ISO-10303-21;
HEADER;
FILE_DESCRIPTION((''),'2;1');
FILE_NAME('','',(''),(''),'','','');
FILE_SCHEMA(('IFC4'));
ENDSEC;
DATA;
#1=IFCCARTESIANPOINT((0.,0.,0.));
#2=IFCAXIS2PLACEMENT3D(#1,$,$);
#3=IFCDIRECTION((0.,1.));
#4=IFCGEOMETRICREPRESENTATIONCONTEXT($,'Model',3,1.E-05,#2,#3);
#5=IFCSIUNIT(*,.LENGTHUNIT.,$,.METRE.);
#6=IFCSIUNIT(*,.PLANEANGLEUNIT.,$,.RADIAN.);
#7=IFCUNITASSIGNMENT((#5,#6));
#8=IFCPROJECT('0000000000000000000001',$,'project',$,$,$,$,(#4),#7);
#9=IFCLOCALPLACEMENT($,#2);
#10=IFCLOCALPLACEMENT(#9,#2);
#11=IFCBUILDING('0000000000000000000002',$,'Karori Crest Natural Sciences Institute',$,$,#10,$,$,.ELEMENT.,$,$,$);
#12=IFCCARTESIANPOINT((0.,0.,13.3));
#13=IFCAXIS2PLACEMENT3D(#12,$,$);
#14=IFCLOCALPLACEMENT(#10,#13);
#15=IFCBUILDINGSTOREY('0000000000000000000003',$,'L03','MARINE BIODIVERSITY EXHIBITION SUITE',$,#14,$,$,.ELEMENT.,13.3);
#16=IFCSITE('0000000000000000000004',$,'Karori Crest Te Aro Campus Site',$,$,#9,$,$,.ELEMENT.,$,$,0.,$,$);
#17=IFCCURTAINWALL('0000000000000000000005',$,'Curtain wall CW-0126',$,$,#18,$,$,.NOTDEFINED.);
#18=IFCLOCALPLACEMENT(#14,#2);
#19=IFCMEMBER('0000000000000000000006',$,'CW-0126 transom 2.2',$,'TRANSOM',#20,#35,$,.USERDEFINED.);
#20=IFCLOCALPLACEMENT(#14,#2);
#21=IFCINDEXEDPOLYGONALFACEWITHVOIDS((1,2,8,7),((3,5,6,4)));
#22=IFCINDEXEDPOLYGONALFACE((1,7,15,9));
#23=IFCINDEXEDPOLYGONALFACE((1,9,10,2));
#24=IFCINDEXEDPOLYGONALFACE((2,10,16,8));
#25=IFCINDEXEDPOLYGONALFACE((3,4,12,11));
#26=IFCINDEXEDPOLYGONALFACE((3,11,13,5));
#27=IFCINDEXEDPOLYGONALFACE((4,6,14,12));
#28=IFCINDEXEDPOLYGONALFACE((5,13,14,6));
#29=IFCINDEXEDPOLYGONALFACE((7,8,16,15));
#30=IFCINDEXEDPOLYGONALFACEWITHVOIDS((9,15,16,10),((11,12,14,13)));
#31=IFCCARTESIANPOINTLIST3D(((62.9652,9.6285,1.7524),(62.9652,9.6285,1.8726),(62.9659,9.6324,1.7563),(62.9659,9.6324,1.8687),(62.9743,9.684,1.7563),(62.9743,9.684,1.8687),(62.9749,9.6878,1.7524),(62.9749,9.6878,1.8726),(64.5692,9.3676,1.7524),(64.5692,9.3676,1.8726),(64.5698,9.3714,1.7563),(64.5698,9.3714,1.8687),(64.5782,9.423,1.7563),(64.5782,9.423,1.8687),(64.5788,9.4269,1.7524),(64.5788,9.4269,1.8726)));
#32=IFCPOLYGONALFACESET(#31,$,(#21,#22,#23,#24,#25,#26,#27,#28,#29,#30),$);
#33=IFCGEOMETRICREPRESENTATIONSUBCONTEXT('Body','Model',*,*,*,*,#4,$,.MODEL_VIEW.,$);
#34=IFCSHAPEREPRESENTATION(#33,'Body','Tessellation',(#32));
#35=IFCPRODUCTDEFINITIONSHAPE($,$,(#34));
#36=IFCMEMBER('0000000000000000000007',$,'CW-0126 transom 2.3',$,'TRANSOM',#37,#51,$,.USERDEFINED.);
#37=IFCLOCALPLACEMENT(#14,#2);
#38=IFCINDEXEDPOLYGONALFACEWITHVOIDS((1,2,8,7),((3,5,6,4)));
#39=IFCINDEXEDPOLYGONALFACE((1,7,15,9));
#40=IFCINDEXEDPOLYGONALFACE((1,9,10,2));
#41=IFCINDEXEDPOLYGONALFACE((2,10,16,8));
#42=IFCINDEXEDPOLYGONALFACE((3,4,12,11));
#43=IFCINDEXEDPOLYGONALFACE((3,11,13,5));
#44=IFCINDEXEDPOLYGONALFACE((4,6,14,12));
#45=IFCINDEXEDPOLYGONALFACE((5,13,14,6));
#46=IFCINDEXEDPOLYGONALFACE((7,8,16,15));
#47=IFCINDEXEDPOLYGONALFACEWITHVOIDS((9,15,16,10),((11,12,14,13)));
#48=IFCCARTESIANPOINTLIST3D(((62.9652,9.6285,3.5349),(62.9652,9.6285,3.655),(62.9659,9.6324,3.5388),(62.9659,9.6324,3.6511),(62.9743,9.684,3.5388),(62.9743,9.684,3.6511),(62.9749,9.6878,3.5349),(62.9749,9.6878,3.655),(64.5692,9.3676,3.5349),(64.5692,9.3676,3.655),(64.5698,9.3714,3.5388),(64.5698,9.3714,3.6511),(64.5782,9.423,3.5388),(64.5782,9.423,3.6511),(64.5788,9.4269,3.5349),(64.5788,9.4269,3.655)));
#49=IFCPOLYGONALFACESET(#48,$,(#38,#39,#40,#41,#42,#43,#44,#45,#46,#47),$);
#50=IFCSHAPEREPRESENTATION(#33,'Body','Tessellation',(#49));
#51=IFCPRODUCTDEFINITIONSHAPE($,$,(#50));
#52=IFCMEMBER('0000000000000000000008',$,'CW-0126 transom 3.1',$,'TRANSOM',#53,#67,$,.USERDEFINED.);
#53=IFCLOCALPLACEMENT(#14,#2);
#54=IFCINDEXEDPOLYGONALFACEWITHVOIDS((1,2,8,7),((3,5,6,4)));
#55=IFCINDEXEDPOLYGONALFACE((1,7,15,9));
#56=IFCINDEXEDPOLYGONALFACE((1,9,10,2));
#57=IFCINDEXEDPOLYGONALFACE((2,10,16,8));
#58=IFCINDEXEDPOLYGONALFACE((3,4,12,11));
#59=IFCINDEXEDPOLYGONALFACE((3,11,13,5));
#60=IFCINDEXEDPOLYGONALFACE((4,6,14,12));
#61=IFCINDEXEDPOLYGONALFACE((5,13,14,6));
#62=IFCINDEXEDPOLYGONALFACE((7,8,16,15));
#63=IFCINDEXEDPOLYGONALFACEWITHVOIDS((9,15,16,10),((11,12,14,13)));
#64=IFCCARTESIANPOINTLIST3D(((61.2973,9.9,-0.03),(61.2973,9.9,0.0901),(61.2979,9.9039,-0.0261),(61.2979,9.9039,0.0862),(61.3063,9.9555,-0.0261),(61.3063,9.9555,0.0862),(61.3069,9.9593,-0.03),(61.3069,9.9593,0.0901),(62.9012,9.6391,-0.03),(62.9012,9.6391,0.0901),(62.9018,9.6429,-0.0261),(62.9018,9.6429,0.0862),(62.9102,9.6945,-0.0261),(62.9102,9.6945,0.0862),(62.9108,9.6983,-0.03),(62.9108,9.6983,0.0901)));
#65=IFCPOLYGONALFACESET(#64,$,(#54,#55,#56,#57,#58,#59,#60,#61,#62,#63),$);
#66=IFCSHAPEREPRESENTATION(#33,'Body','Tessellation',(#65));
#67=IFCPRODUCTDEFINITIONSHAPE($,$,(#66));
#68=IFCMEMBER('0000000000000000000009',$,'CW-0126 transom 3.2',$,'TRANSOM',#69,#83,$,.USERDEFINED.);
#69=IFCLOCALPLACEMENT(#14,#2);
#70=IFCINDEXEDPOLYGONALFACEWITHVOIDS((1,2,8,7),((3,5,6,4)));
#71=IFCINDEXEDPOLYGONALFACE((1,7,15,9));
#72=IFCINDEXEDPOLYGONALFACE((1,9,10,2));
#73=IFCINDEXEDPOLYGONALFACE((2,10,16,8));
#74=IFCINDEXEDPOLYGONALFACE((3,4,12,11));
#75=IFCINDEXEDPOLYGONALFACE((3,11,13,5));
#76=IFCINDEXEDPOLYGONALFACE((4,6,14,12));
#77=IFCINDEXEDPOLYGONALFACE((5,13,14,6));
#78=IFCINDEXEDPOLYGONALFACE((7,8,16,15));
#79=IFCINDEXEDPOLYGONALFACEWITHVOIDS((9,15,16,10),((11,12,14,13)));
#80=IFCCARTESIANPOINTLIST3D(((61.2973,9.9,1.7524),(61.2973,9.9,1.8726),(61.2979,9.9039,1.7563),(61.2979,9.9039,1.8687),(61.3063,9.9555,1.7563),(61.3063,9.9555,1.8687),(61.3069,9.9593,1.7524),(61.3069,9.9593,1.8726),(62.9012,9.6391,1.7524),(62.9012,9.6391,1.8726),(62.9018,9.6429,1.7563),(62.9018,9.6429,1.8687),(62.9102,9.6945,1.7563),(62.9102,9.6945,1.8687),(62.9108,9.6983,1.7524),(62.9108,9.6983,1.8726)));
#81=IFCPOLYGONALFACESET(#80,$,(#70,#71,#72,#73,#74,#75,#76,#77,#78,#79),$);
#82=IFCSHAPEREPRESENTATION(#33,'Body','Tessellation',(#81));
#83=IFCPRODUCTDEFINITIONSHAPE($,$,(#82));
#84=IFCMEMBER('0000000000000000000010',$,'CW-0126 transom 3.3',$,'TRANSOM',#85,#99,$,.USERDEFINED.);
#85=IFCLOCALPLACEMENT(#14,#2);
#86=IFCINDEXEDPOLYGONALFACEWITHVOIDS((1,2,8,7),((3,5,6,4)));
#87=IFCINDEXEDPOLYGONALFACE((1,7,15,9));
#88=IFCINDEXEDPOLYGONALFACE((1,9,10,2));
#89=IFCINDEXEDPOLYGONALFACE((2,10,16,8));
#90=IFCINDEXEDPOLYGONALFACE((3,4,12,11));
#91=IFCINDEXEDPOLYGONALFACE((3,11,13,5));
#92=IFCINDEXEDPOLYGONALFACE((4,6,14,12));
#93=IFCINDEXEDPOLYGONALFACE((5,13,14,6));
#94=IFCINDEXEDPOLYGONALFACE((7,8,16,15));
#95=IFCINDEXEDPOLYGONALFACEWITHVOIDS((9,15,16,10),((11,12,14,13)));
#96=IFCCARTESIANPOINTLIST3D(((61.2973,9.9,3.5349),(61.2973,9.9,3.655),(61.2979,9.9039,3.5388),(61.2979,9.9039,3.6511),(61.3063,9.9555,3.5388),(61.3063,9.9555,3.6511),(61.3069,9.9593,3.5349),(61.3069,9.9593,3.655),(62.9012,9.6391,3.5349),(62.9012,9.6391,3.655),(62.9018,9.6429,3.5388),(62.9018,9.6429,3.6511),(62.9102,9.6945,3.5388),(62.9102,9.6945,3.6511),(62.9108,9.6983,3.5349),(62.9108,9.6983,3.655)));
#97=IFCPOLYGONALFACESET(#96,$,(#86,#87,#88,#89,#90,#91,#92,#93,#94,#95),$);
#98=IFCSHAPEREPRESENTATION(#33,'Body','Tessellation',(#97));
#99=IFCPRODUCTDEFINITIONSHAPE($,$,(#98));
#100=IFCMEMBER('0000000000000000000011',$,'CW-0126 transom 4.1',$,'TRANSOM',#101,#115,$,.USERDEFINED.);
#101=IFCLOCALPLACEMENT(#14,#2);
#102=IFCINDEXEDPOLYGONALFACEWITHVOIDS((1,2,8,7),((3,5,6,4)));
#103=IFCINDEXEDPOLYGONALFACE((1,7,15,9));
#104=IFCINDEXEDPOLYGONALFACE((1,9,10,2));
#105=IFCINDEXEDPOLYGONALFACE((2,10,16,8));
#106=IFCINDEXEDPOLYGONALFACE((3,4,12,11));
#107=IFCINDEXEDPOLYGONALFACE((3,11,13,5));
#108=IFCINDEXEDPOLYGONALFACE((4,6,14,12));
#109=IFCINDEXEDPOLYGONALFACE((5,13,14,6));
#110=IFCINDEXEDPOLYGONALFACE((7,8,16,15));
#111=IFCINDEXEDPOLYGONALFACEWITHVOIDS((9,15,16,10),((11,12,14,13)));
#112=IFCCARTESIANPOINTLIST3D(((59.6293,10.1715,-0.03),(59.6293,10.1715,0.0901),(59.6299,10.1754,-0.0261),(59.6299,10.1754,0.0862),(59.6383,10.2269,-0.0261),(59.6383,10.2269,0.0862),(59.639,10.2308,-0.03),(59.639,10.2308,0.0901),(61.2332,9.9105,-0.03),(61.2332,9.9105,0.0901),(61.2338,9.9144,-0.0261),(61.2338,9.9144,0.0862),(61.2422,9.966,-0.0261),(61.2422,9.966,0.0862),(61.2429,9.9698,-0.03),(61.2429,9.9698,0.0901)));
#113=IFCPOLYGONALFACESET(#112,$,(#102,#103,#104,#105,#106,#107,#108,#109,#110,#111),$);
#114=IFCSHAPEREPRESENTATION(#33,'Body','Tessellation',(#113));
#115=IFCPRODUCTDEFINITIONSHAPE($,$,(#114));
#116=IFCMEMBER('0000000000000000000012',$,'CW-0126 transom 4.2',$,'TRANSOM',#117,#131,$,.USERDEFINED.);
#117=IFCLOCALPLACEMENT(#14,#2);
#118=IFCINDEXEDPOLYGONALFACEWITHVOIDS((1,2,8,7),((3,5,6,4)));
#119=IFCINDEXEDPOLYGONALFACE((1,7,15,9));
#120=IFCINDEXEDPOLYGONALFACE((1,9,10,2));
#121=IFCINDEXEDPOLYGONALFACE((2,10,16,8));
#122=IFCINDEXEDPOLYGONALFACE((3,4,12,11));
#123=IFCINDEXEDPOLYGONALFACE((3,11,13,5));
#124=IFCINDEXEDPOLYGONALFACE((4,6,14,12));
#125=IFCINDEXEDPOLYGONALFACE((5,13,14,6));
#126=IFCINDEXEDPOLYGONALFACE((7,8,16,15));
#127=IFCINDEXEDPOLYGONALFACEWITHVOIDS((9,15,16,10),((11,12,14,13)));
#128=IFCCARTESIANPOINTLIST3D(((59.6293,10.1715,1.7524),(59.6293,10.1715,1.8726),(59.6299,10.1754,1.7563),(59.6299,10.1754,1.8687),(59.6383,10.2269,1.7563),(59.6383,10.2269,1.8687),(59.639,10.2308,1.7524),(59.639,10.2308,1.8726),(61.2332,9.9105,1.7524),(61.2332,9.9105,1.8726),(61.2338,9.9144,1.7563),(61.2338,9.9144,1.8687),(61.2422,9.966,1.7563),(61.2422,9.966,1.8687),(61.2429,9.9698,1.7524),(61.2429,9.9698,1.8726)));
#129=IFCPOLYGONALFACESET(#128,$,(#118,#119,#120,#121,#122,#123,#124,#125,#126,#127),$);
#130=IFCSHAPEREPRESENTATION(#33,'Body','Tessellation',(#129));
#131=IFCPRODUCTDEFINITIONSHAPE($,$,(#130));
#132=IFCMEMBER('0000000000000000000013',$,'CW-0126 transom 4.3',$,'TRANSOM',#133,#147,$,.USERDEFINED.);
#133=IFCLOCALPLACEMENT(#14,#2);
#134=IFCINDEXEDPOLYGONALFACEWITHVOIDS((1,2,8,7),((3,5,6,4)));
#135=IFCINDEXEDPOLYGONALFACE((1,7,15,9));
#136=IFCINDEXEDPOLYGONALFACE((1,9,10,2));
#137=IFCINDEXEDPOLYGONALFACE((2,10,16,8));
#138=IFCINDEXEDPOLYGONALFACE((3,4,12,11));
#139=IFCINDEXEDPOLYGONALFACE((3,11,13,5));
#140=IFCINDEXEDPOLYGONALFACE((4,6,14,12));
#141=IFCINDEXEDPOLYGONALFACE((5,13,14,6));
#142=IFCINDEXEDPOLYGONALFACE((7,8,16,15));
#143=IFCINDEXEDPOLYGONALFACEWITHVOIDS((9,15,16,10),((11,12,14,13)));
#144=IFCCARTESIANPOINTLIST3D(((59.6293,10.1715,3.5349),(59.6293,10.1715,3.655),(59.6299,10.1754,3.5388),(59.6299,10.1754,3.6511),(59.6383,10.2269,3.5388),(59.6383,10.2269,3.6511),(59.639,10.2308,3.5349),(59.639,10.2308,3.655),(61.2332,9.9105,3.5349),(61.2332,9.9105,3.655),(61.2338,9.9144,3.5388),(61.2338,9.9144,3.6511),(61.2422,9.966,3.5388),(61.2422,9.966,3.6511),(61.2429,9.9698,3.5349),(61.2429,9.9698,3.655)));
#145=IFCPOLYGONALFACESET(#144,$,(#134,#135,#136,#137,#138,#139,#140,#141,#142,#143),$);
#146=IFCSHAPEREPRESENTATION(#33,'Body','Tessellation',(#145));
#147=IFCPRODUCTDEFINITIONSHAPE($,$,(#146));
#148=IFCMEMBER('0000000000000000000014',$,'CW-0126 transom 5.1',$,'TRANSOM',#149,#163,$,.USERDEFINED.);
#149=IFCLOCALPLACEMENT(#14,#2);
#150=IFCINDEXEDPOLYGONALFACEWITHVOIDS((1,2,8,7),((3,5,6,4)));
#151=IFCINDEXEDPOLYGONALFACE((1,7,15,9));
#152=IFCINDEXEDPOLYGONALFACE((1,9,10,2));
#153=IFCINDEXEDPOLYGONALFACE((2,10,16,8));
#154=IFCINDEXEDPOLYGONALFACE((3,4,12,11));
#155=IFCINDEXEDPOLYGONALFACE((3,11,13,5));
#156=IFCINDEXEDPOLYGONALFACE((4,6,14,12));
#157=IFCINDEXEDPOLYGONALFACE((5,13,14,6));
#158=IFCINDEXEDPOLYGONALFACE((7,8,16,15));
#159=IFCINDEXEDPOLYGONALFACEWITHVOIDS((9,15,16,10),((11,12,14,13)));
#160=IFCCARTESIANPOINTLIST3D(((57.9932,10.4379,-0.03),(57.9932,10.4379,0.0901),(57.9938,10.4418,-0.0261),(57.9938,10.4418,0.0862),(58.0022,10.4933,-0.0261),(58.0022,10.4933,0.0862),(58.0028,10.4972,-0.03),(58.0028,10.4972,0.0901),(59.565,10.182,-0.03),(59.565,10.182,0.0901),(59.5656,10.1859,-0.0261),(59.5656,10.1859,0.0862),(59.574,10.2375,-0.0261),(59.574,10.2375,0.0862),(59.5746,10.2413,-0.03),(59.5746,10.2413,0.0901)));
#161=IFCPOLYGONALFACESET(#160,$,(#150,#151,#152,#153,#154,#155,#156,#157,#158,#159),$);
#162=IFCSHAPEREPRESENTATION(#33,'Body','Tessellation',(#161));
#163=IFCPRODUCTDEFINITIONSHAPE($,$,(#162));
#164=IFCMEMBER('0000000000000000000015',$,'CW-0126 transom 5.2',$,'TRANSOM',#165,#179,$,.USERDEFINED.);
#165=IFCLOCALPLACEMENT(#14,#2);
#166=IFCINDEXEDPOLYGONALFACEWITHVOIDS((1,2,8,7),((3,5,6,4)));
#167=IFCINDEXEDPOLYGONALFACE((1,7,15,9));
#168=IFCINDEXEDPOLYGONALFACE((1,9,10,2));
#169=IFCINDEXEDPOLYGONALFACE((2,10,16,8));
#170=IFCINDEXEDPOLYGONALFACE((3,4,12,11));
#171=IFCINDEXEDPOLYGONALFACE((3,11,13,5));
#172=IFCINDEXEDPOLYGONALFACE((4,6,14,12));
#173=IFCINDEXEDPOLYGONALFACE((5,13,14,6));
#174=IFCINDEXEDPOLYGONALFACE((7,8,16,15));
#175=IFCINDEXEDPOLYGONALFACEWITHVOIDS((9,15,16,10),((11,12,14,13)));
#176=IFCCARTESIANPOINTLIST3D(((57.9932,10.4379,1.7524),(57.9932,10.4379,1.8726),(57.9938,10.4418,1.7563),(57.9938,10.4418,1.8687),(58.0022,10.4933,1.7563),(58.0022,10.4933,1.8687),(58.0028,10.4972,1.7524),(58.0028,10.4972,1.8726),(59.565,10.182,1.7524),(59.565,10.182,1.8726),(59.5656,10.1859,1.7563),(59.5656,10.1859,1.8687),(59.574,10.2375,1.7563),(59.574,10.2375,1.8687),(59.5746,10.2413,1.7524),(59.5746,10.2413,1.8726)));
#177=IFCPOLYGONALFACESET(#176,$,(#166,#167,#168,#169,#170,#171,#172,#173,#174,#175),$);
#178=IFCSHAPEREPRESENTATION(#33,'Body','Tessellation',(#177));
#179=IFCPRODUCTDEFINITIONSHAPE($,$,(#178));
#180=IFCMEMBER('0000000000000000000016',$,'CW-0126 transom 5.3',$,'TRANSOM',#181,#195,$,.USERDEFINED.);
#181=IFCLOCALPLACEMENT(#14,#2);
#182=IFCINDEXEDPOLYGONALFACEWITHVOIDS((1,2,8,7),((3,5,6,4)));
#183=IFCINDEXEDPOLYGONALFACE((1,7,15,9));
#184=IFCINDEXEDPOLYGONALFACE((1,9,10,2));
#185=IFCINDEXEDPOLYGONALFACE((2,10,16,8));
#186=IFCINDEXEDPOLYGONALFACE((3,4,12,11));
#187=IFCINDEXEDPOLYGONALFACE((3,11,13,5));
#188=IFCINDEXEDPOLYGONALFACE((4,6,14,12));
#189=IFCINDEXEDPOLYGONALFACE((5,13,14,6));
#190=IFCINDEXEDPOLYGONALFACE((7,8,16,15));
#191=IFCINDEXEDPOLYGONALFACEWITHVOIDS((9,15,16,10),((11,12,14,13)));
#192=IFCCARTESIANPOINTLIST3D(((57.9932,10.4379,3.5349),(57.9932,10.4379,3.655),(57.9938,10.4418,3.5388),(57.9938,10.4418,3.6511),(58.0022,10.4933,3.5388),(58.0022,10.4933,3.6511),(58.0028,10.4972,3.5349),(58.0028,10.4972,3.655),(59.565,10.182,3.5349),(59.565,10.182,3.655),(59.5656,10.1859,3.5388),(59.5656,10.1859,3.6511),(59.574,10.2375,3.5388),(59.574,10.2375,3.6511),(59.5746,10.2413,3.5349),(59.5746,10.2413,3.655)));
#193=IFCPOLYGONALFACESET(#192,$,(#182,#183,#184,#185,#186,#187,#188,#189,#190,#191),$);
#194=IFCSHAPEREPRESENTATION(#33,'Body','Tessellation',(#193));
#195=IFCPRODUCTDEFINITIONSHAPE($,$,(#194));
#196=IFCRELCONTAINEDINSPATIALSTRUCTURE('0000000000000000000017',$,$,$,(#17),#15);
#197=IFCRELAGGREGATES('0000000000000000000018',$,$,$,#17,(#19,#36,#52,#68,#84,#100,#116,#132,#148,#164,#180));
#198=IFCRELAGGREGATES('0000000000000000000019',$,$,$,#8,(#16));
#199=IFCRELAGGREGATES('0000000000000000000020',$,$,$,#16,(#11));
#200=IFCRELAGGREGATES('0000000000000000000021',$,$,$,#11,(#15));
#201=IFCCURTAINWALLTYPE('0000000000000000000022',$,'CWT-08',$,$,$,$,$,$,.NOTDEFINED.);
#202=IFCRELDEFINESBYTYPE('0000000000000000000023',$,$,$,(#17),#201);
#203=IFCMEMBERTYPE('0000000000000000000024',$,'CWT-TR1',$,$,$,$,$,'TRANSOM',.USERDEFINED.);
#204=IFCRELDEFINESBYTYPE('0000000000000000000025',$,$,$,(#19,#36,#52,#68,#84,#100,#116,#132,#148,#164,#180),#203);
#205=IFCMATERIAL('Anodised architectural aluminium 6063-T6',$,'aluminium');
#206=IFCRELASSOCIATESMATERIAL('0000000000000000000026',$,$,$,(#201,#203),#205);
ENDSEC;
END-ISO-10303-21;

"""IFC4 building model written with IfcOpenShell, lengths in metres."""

from ifc_helpers import new_model, si_unit, direction, frame, origin, origin_2d, place, context, subcontext, project, spatial, hollow_rectangle, extrude, material, material_profile, profile_set, type_object, element, aggregate, save


model = new_model("IFC4")

# Units and contexts
model_context = context("Model", 3, precision=1e-05, world=origin(), true_north=direction((0.0, 1.0)))
body_context = subcontext(model_context, "Body", "Model", "MODEL_VIEW")
ifc_project = project(units=[si_unit("LENGTHUNIT", "METRE"), si_unit("PLANEANGLEUNIT", "RADIAN")], contexts=[model_context])

# Site, building, storey
site_placement = place(None, origin())
site = spatial("IfcSite", under=ifc_project, at=site_placement, Name="Karori Crest Te Aro Campus Site", CompositionType="ELEMENT", RefElevation=0.0)
building_placement = place(site_placement, origin())
building = spatial("IfcBuilding", under=site, at=building_placement, Name="Karori Crest Natural Sciences Institute", CompositionType="ELEMENT")
storey_placement = place(building_placement, frame((0.0, 0.0, 13.3)))
storey = spatial("IfcBuildingStorey", under=building, at=storey_placement, Name="L03", Description="MARINE BIODIVERSITY EXHIBITION SUITE", CompositionType="ELEMENT", Elevation=13.3)

# Shared definitions
ifc_material_1 = material(Name="Anodised architectural aluminium 6063-T6", Category="aluminium")

# Curtain wall, members
curtain_wall_type_1 = type_object("IfcCurtainWallType", Name="CWT-08", PredefinedType="NOTDEFINED", material=ifc_material_1)
curtain_wall_1_placement = place(storey_placement, origin())
curtain_wall_1 = element("IfcCurtainWall", 1, at=curtain_wall_1_placement, inside=storey, type_object=curtain_wall_type_1, Name="Curtain wall CW-0126", PredefinedType="NOTDEFINED")
ifc_material_profile_1 = material_profile(ifc_material_1, hollow_rectangle(XDim=0.0601, YDim=0.1201, WallThickness=0.0039, at=origin_2d()), Name="CWT120x60x4")
ifc_profile_set_1 = profile_set([ifc_material_profile_1], Name="Anodised architectural aluminium 6063-T6")
member_type_1 = type_object("IfcMemberType", Name="CWT-TR1", ElementType="TRANSOM", PredefinedType="USERDEFINED", material=ifc_profile_set_1)
member_1_placement = place(storey_placement, frame((64.574, 9.3972, 1.8125), z_axis=(-0.98702, 0.160597, 0.0), x_axis=(-0.160597, -0.98702, 0.0)))
member_1 = element("IfcMember", 2, at=member_1_placement, type_object=member_type_1, Name="CW-0126 transom 2.2", ObjectType="TRANSOM", PredefinedType="USERDEFINED", context=body_context, shape_type="SweptSolid", body=[
    extrude(hollow_rectangle(XDim=0.0601, YDim=0.1201, WallThickness=0.0039, at=origin_2d()), origin(), (0.0, 0.0, 1.0), 1.625),
])
member_2_placement = place(storey_placement, frame((64.574, 9.3972, 3.595), z_axis=(-0.98702, 0.160597, 0.0), x_axis=(-0.160597, -0.98702, 0.0)))
member_2 = element("IfcMember", 3, at=member_2_placement, type_object=member_type_1, Name="CW-0126 transom 2.3", ObjectType="TRANSOM", PredefinedType="USERDEFINED", context=body_context, shape_type="SweptSolid", body=[
    extrude(hollow_rectangle(XDim=0.0601, YDim=0.1201, WallThickness=0.0039, at=origin_2d()), origin(), (0.0, 0.0, 1.0), 1.625),
])
member_3_placement = place(storey_placement, frame((62.906, 9.6687, 0.03), z_axis=(-0.98702, 0.160597, 0.0), x_axis=(-0.160597, -0.98702, 0.0)))
member_3 = element("IfcMember", 4, at=member_3_placement, type_object=member_type_1, Name="CW-0126 transom 3.1", ObjectType="TRANSOM", PredefinedType="USERDEFINED", context=body_context, shape_type="SweptSolid", body=[
    extrude(hollow_rectangle(XDim=0.0601, YDim=0.1201, WallThickness=0.0039, at=origin_2d()), origin(), (0.0, 0.0, 1.0), 1.625),
])
member_4_placement = place(storey_placement, frame((62.906, 9.6687, 1.8125), z_axis=(-0.98702, 0.160597, 0.0), x_axis=(-0.160597, -0.98702, 0.0)))
member_4 = element("IfcMember", 5, at=member_4_placement, type_object=member_type_1, Name="CW-0126 transom 3.2", ObjectType="TRANSOM", PredefinedType="USERDEFINED", context=body_context, shape_type="SweptSolid", body=[
    extrude(hollow_rectangle(XDim=0.0601, YDim=0.1201, WallThickness=0.0039, at=origin_2d()), origin(), (0.0, 0.0, 1.0), 1.625),
])
member_5_placement = place(storey_placement, frame((62.906, 9.6687, 3.595), z_axis=(-0.98702, 0.160597, 0.0), x_axis=(-0.160597, -0.98702, 0.0)))
member_5 = element("IfcMember", 6, at=member_5_placement, type_object=member_type_1, Name="CW-0126 transom 3.3", ObjectType="TRANSOM", PredefinedType="USERDEFINED", context=body_context, shape_type="SweptSolid", body=[
    extrude(hollow_rectangle(XDim=0.0601, YDim=0.1201, WallThickness=0.0039, at=origin_2d()), origin(), (0.0, 0.0, 1.0), 1.625),
])
member_6_placement = place(storey_placement, frame((61.238, 9.9402, 0.03), z_axis=(-0.98702, 0.160597, 0.0), x_axis=(-0.160597, -0.98702, 0.0)))
member_6 = element("IfcMember", 7, at=member_6_placement, type_object=member_type_1, Name="CW-0126 transom 4.1", ObjectType="TRANSOM", PredefinedType="USERDEFINED", context=body_context, shape_type="SweptSolid", body=[
    extrude(hollow_rectangle(XDim=0.0601, YDim=0.1201, WallThickness=0.0039, at=origin_2d()), origin(), (0.0, 0.0, 1.0), 1.625),
])
member_7_placement = place(storey_placement, frame((61.238, 9.9402, 1.8125), z_axis=(-0.98702, 0.160597, 0.0), x_axis=(-0.160597, -0.98702, 0.0)))
member_7 = element("IfcMember", 8, at=member_7_placement, type_object=member_type_1, Name="CW-0126 transom 4.2", ObjectType="TRANSOM", PredefinedType="USERDEFINED", context=body_context, shape_type="SweptSolid", body=[
    extrude(hollow_rectangle(XDim=0.0601, YDim=0.1201, WallThickness=0.0039, at=origin_2d()), origin(), (0.0, 0.0, 1.0), 1.625),
])
member_8_placement = place(storey_placement, frame((61.238, 9.9402, 3.595), z_axis=(-0.98702, 0.160597, 0.0), x_axis=(-0.160597, -0.98702, 0.0)))
member_8 = element("IfcMember", 9, at=member_8_placement, type_object=member_type_1, Name="CW-0126 transom 4.3", ObjectType="TRANSOM", PredefinedType="USERDEFINED", context=body_context, shape_type="SweptSolid", body=[
    extrude(hollow_rectangle(XDim=0.0601, YDim=0.1201, WallThickness=0.0039, at=origin_2d()), origin(), (0.0, 0.0, 1.0), 1.625),
])
member_9_placement = place(storey_placement, frame((59.5698, 10.2117, 0.03), z_axis=(-0.987008, 0.160669, 0.0), x_axis=(-0.160669, -0.987008, 0.0)))
member_9 = element("IfcMember", 10, at=member_9_placement, type_object=member_type_1, Name="CW-0126 transom 5.1", ObjectType="TRANSOM", PredefinedType="USERDEFINED", context=body_context, shape_type="SweptSolid", body=[
    extrude(hollow_rectangle(XDim=0.0601, YDim=0.1201, WallThickness=0.0039, at=origin_2d()), origin(), (0.0, 0.0, 1.0), 1.5925),
])
member_10_placement = place(storey_placement, frame((59.5698, 10.2117, 1.8125), z_axis=(-0.987008, 0.160669, 0.0), x_axis=(-0.160669, -0.987008, 0.0)))
member_10 = element("IfcMember", 11, at=member_10_placement, type_object=member_type_1, Name="CW-0126 transom 5.2", ObjectType="TRANSOM", PredefinedType="USERDEFINED", context=body_context, shape_type="SweptSolid", body=[
    extrude(hollow_rectangle(XDim=0.0601, YDim=0.1201, WallThickness=0.0039, at=origin_2d()), origin(), (0.0, 0.0, 1.0), 1.5925),
])
member_11_placement = place(storey_placement, frame((59.5698, 10.2117, 3.595), z_axis=(-0.987008, 0.160669, 0.0), x_axis=(-0.160669, -0.987008, 0.0)))
member_11 = element("IfcMember", 12, at=member_11_placement, type_object=member_type_1, Name="CW-0126 transom 5.3", ObjectType="TRANSOM", PredefinedType="USERDEFINED", context=body_context, shape_type="SweptSolid", body=[
    extrude(hollow_rectangle(XDim=0.0601, YDim=0.1201, WallThickness=0.0039, at=origin_2d()), origin(), (0.0, 0.0, 1.0), 1.5925),
])

aggregate(curtain_wall_1, [member_1, member_2, member_3, member_4, member_5, member_6, member_7, member_8, member_9, member_10, member_11])

save(model, "model.ifc")
